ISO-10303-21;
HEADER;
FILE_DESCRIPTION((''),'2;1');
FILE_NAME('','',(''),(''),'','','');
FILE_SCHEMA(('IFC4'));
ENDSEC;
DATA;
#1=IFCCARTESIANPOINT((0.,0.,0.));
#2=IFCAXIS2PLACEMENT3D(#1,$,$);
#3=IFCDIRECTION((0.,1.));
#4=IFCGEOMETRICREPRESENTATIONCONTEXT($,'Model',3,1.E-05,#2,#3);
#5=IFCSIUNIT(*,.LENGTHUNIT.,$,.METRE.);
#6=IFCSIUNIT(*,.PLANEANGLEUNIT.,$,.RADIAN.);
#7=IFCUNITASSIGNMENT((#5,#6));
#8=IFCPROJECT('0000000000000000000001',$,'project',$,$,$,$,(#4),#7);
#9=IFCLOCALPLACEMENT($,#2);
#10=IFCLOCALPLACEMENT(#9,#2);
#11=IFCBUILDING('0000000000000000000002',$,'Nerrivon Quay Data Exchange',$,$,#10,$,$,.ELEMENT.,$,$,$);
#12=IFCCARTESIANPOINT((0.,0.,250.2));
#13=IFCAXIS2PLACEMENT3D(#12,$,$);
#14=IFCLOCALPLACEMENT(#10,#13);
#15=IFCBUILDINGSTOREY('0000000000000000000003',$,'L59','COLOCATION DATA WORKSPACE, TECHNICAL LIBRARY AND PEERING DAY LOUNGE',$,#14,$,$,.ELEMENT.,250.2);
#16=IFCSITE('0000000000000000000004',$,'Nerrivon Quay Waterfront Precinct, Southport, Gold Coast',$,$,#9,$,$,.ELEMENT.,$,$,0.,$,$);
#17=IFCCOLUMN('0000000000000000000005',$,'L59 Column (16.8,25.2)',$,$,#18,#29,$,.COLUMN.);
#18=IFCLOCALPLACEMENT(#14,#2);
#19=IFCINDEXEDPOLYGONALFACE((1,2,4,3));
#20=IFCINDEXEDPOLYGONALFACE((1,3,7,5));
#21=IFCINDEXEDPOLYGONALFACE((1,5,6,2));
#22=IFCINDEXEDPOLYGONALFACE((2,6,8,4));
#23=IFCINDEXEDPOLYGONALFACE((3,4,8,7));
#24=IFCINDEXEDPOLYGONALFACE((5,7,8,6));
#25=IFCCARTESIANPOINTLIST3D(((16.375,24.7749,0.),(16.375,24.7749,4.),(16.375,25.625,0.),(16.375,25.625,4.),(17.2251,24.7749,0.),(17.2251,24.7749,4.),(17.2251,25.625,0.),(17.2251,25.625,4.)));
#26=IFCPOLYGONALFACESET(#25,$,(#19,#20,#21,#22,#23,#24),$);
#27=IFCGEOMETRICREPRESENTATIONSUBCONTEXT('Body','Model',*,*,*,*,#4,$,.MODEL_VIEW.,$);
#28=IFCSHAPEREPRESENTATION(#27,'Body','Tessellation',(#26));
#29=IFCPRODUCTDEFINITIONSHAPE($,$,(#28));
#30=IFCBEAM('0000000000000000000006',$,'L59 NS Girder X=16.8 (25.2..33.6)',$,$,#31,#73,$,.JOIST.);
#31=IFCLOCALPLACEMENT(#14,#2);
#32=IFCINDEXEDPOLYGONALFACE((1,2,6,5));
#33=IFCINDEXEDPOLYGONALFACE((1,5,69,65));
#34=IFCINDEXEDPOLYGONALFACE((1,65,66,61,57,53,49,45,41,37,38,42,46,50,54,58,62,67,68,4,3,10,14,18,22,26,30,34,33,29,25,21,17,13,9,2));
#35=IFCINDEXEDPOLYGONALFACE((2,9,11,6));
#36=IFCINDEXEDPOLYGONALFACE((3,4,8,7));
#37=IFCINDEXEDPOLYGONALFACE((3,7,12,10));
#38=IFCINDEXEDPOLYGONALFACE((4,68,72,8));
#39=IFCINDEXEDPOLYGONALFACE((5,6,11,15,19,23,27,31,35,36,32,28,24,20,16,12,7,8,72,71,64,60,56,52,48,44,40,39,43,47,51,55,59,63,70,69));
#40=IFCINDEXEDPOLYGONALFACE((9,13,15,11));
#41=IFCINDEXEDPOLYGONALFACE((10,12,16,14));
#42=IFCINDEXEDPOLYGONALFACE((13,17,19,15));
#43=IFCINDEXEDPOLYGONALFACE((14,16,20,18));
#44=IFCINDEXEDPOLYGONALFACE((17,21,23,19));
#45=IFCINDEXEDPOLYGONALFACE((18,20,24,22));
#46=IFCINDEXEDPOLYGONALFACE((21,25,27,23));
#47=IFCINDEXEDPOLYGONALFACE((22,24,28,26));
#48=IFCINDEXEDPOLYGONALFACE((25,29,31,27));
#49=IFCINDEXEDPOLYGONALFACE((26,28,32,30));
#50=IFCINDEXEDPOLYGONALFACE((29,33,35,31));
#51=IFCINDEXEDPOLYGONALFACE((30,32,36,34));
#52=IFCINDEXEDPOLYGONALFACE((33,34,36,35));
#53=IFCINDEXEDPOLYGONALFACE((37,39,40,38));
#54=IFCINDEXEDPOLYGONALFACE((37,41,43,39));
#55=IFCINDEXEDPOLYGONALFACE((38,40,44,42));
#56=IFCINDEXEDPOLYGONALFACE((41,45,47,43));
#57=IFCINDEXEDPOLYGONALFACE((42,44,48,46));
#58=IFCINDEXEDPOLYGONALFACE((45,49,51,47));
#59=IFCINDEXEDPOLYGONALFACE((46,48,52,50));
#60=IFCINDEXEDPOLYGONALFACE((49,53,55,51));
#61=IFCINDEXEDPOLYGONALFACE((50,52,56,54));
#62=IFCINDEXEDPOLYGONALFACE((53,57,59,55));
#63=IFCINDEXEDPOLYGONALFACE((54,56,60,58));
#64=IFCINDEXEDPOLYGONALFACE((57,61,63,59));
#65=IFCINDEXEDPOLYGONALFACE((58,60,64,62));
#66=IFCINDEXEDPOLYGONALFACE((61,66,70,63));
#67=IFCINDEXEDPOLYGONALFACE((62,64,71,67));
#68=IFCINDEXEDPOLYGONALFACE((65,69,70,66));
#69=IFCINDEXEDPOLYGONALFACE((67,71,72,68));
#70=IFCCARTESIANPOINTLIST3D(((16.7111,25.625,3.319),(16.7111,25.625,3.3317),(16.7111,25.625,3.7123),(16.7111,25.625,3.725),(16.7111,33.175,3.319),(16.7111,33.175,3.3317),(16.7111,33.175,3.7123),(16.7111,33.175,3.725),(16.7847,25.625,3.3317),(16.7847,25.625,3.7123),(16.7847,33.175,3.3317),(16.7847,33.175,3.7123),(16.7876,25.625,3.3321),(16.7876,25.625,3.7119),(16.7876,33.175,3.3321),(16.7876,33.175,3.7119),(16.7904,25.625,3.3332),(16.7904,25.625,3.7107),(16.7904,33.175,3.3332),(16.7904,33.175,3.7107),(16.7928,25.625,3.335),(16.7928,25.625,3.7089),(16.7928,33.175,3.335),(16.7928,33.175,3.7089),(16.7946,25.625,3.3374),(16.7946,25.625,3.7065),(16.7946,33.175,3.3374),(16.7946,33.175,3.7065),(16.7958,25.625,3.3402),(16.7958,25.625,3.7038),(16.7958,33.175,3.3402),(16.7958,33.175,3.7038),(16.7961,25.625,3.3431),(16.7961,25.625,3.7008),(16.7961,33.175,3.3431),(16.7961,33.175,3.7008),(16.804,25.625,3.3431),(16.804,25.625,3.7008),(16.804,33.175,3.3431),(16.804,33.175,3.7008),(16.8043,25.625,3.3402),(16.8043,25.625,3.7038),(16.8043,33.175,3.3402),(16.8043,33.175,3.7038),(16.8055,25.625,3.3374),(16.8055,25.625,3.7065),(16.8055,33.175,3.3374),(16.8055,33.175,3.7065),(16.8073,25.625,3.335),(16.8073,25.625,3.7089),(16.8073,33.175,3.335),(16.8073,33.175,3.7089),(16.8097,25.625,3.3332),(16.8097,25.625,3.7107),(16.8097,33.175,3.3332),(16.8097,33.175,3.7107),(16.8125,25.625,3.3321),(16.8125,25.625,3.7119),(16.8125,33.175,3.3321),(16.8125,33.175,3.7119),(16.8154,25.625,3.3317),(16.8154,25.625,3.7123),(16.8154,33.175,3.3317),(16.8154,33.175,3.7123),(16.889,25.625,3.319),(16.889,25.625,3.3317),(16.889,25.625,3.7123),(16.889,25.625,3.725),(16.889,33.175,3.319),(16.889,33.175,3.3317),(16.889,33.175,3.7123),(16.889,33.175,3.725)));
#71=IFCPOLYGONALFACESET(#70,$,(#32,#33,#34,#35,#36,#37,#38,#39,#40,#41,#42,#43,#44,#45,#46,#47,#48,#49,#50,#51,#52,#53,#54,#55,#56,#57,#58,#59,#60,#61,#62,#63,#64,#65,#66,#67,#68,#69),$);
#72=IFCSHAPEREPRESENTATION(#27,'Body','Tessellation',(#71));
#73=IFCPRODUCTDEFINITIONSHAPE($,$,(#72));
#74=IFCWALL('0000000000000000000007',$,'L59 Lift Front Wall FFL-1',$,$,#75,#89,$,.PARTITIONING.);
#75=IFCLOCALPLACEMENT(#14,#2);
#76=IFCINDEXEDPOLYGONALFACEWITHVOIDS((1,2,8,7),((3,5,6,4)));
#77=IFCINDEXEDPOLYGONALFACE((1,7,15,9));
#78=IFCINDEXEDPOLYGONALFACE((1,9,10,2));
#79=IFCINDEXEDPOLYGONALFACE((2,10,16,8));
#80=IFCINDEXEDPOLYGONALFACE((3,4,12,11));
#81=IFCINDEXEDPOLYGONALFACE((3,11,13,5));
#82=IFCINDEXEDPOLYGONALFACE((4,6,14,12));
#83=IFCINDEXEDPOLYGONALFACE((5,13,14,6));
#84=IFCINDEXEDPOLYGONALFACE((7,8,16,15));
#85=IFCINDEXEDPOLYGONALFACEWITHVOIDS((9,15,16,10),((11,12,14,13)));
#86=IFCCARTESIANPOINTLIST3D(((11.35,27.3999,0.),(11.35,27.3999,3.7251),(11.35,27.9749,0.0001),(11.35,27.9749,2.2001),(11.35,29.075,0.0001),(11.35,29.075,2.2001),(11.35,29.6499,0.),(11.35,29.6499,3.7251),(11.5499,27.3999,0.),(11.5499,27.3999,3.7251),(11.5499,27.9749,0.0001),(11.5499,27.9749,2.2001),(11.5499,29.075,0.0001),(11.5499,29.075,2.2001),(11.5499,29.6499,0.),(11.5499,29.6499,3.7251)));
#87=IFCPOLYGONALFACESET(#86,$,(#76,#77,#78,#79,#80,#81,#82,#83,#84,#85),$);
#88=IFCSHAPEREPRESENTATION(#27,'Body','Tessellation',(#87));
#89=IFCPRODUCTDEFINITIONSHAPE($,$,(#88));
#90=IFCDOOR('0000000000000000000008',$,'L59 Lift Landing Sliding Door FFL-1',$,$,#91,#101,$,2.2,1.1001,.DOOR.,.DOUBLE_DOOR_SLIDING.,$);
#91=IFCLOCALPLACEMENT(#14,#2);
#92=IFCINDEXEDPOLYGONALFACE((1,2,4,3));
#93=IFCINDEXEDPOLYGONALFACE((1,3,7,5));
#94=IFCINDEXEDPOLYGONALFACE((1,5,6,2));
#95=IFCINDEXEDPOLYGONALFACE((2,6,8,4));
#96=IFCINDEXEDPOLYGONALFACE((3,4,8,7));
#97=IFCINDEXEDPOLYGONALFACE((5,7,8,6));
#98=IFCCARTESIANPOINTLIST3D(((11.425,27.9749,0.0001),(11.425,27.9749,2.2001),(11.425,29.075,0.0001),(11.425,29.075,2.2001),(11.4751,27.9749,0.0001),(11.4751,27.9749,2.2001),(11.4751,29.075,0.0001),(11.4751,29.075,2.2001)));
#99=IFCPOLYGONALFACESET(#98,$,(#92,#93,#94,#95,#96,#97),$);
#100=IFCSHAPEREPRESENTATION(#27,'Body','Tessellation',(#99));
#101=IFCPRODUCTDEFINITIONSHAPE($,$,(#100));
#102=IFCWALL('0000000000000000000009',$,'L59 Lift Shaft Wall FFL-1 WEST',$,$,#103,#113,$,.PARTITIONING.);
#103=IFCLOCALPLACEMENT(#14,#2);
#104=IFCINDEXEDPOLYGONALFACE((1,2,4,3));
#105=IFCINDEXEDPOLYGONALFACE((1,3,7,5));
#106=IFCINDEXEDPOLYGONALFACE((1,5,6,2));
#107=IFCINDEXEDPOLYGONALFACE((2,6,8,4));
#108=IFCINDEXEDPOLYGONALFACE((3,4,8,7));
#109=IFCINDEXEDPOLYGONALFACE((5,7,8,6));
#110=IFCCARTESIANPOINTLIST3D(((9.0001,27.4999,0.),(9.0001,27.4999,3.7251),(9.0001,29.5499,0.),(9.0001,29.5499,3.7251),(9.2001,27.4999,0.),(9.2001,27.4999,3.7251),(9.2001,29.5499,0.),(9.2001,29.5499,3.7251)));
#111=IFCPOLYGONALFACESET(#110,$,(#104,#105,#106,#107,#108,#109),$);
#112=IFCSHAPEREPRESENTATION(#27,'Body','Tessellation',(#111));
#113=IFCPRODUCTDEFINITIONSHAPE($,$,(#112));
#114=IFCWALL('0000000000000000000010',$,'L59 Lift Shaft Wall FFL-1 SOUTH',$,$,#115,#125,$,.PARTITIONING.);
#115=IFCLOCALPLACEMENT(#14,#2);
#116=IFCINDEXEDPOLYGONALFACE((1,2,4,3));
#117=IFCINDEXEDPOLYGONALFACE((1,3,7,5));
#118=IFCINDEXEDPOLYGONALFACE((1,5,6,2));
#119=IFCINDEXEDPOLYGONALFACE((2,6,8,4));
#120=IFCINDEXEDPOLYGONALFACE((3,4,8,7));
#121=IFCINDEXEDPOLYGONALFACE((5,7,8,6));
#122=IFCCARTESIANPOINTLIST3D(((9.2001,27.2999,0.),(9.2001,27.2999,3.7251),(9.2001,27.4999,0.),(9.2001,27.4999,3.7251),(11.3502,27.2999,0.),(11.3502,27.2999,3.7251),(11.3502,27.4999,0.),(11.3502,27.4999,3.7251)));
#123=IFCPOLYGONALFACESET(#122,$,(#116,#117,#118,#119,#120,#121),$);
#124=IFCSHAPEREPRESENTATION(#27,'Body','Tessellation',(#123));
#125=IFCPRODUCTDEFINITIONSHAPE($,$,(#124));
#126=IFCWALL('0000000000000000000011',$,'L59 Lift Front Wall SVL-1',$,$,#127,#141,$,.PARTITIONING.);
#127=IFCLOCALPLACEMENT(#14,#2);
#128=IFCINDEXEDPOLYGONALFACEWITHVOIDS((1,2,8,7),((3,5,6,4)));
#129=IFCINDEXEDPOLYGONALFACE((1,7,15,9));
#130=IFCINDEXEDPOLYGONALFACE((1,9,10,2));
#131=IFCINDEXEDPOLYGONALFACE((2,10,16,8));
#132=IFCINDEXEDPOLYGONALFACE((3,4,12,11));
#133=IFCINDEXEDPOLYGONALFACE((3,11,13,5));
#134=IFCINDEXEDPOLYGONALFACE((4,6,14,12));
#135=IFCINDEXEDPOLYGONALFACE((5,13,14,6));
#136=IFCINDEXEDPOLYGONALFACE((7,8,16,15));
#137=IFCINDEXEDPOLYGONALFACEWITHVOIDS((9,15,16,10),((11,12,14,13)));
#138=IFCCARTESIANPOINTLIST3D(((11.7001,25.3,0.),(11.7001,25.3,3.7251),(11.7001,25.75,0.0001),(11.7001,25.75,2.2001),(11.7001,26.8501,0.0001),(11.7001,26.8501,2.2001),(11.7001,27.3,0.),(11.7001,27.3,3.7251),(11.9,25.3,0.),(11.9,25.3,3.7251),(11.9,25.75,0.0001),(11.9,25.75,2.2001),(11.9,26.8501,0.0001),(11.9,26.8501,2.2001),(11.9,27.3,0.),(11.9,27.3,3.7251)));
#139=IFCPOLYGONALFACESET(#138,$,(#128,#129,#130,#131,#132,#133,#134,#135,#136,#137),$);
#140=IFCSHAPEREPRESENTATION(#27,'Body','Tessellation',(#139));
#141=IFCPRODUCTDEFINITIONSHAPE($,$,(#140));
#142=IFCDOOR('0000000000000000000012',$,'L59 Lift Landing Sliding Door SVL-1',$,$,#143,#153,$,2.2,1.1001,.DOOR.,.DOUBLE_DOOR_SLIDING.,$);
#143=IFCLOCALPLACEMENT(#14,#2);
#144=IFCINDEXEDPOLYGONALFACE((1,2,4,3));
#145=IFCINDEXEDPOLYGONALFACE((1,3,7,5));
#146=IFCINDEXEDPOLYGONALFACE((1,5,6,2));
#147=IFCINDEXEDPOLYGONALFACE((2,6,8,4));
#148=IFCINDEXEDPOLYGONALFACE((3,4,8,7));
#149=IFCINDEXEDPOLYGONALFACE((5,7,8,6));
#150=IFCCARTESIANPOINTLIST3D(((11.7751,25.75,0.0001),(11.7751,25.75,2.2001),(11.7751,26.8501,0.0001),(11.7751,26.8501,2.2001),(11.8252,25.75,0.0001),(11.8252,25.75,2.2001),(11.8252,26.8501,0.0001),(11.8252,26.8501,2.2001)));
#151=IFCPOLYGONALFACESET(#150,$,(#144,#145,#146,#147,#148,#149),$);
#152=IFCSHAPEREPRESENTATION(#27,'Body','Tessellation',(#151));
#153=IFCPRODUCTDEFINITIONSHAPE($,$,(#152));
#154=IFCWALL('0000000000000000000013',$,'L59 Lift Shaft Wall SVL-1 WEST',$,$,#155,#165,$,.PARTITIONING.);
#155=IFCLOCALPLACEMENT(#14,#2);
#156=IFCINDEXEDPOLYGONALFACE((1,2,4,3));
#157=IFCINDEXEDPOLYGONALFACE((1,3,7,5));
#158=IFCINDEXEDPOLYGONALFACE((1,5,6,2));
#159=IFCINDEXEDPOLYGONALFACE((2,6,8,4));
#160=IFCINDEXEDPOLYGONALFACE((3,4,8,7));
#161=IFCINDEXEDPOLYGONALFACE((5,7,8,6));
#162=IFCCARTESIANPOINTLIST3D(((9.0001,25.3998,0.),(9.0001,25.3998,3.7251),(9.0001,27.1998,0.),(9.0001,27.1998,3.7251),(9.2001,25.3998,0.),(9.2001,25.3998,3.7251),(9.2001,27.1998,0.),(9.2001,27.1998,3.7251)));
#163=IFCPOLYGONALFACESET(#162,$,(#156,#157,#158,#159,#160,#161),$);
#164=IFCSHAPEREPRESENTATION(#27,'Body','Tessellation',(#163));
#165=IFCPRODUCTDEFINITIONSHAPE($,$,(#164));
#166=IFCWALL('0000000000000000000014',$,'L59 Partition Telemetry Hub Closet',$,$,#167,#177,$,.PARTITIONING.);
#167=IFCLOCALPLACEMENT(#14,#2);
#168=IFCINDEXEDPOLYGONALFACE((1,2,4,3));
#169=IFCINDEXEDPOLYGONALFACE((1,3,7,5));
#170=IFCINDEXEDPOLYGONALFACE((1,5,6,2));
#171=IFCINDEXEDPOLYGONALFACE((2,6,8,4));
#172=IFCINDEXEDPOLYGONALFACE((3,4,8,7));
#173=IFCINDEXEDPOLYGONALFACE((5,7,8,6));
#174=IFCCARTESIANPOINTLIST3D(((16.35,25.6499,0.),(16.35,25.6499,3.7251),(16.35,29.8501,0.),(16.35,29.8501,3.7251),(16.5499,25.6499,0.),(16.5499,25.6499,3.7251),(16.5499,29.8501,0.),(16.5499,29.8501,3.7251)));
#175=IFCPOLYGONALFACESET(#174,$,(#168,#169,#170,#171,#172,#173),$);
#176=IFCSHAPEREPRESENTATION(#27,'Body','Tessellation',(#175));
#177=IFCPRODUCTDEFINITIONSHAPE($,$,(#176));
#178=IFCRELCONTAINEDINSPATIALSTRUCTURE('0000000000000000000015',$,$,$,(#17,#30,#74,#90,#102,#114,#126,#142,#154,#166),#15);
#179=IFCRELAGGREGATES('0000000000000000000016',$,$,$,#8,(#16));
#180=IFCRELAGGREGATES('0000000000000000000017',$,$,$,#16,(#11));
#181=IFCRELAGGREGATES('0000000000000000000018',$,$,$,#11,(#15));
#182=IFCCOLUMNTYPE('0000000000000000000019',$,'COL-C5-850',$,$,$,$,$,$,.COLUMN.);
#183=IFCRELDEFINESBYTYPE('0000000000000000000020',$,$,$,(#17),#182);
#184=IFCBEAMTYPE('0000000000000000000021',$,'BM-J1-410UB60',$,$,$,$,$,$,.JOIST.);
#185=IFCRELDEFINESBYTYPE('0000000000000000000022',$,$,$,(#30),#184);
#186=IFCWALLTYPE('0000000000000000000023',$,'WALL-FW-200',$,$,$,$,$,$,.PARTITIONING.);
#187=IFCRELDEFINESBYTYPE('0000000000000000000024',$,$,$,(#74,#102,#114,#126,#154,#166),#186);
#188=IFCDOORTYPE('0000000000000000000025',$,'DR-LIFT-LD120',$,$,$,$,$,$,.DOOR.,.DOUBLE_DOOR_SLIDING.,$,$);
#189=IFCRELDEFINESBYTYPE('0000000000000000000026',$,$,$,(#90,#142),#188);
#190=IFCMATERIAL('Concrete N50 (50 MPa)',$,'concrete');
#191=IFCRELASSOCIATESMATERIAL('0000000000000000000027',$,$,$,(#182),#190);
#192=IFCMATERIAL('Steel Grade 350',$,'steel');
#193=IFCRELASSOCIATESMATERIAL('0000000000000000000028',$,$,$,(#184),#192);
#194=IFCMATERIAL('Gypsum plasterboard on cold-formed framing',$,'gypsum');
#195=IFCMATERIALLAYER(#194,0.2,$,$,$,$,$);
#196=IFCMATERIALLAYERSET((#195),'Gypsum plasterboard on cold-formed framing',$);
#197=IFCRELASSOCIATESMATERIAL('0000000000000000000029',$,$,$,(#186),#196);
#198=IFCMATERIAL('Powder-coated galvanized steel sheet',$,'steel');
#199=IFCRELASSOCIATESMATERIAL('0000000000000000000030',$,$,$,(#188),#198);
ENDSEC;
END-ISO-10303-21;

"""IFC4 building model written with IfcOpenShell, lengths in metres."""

from ifc_helpers import new_model, si_unit, direction, frame, frame_2d, origin, origin_2d, place, context, subcontext, project, spatial, rectangle, i_section, extrude, material, layer, layer_set, material_profile, profile_set, type_object, element, fill, save


model = new_model("IFC4")

# Units and contexts
model_context = context("Model", 3, precision=1e-05, world=origin(), true_north=direction((0.0, 1.0)))
body_context = subcontext(model_context, "Body", "Model", "MODEL_VIEW")
ifc_project = project(units=[si_unit("LENGTHUNIT", "METRE"), si_unit("PLANEANGLEUNIT", "RADIAN")], contexts=[model_context])

# Site, building, storey
site_placement = place(None, origin())
site = spatial("IfcSite", under=ifc_project, at=site_placement, Name="Nerrivon Quay Waterfront Precinct, Southport, Gold Coast", CompositionType="ELEMENT", RefElevation=0.0)
building_placement = place(site_placement, origin())
building = spatial("IfcBuilding", under=site, at=building_placement, Name="Nerrivon Quay Data Exchange", CompositionType="ELEMENT")
storey_placement = place(building_placement, frame((0.0, 0.0, 250.2)))
storey = spatial("IfcBuildingStorey", under=building, at=storey_placement, Name="L59", Description="COLOCATION DATA WORKSPACE, TECHNICAL LIBRARY AND PEERING DAY LOUNGE", CompositionType="ELEMENT", Elevation=250.2)

# Column
ifc_material_1 = material(Name="Concrete N50 (50 MPa)", Category="concrete")
ifc_material_profile_1 = material_profile(ifc_material_1, rectangle(XDim=0.8501, YDim=0.8501, at=origin_2d()), Name="RC-COL-850x850")
ifc_profile_set_1 = profile_set([ifc_material_profile_1], Name="Concrete N50 (50 MPa)")
column_type = type_object("IfcColumnType", Name="COL-C5-850", PredefinedType="COLUMN", material=ifc_profile_set_1)
column_placement = place(storey_placement, frame((16.8, 25.2, 0.0), z_axis=(0.0, 0.0, 1.0), x_axis=(1.0, 0.0, 0.0)))
element("IfcColumn", 1, at=column_placement, inside=storey, type_object=column_type, Name="L59 Column (16.8,25.2)", PredefinedType="COLUMN", context=body_context, shape_type="SweptSolid", body=[
    extrude(rectangle(XDim=0.8501, YDim=0.8501, at=origin_2d()), origin(), (0.0, 0.0, 1.0), 4.0),
])

# Beam
ifc_material_2 = material(Name="Steel Grade 350", Category="steel")
ifc_material_profile_2 = material_profile(ifc_material_2, i_section(OverallWidth=0.178, OverallDepth=0.406, WebThickness=0.0078, FlangeThickness=0.0127, FilletRadius=0.0115, at=origin_2d()), Name="410UB59.7")
ifc_profile_set_2 = profile_set([ifc_material_profile_2], Name="Steel Grade 350")
beam_type = type_object("IfcBeamType", Name="BM-J1-410UB60", PredefinedType="JOIST", material=ifc_profile_set_2)
beam_placement = place(storey_placement, frame((16.8, 25.625, 3.522), z_axis=(0.0, 1.0, 0.0), x_axis=(-1.0, 0.0, 0.0)))
element("IfcBeam", 2, at=beam_placement, inside=storey, type_object=beam_type, Name="L59 NS Girder X=16.8 (25.2..33.6)", PredefinedType="JOIST", context=body_context, shape_type="SweptSolid", body=[
    extrude(i_section(OverallWidth=0.178, OverallDepth=0.406, WebThickness=0.0078, FlangeThickness=0.0127, FilletRadius=0.0115, at=origin_2d()), origin(), (0.0, 0.0, 1.0), 7.55),
])

# Wall, opening, door
ifc_material_3 = material(Name="Gypsum plasterboard on cold-formed framing", Category="gypsum")
ifc_layer_1 = layer(ifc_material_3, 0.2)
ifc_layer_set_1 = layer_set([ifc_layer_1], Name="Gypsum plasterboard on cold-formed framing")
wall_type_1 = type_object("IfcWallType", Name="WALL-FW-200", PredefinedType="PARTITIONING", material=ifc_layer_set_1)
wall_1_placement = place(storey_placement, frame((11.45, 27.3999, 0.0), z_axis=(0.0, 0.0, 1.0), x_axis=(0.0, 1.0, 0.0)))
wall_1 = element("IfcWall", 3, at=wall_1_placement, inside=storey, type_object=wall_type_1, Name="L59 Lift Front Wall FFL-1", PredefinedType="PARTITIONING", context=body_context, shape_type="SweptSolid", body=[
    extrude(rectangle(XDim=2.25, YDim=0.2, at=frame_2d((1.125, 0.0))), origin(), (0.0, 0.0, 1.0), 3.7251),
])
opening_1_placement = place(wall_1_placement, frame((0.575, 0.0, 0.0)))
opening_1 = element("IfcOpeningElement", 4, at=opening_1_placement, cuts=wall_1, PredefinedType="OPENING", context=body_context, shape_type="SweptSolid", body=[
    extrude(rectangle(XDim=1.1001, YDim=2.2, at=frame_2d((0.55, 1.1001))), frame((0.0, 0.1099, 0.0), z_axis=(0.0, -1.0, 0.0), x_axis=(1.0, 0.0, 0.0)), (0.0, 0.0, 1.0), 0.22),
])
ifc_material_4 = material(Name="Powder-coated galvanized steel sheet", Category="steel")
door_type_1 = type_object("IfcDoorType", Name="DR-LIFT-LD120", OperationType="DOUBLE_DOOR_SLIDING", PredefinedType="DOOR", material=ifc_material_4)
door_1_placement = place(opening_1_placement, origin())
door_1 = element("IfcDoor", 5, at=door_1_placement, inside=storey, type_object=door_type_1, Name="L59 Lift Landing Sliding Door FFL-1", OperationType="DOUBLE_DOOR_SLIDING", OverallHeight=2.2, OverallWidth=1.1001, PredefinedType="DOOR", context=body_context, shape_type="SweptSolid", body=[
    extrude(rectangle(XDim=1.1001, YDim=2.2, at=frame_2d((0.55, 1.1001))), frame((0.0, 0.0249, 0.0), z_axis=(0.0, -1.0, 0.0), x_axis=(1.0, 0.0, 0.0)), (0.0, 0.0, 1.0), 0.05),
])
fill(opening_1, door_1)

# Walls
wall_2_placement = place(storey_placement, frame((9.1001, 27.5, 0.0), z_axis=(0.0, 0.0, 1.0), x_axis=(0.0, 1.0, 0.0)))
element("IfcWall", 6, at=wall_2_placement, inside=storey, type_object=wall_type_1, Name="L59 Lift Shaft Wall FFL-1 WEST", PredefinedType="PARTITIONING", context=body_context, shape_type="SweptSolid", body=[
    extrude(rectangle(XDim=2.05, YDim=0.2, at=frame_2d((1.0249, 0.0))), origin(), (0.0, 0.0, 1.0), 3.7251),
])
wall_3_placement = place(storey_placement, frame((9.2, 27.3999, 0.0), z_axis=(0.0, 0.0, 1.0), x_axis=(1.0, 0.0, 0.0)))
element("IfcWall", 7, at=wall_3_placement, inside=storey, type_object=wall_type_1, Name="L59 Lift Shaft Wall FFL-1 SOUTH", PredefinedType="PARTITIONING", context=body_context, shape_type="SweptSolid", body=[
    extrude(rectangle(XDim=2.1501, YDim=0.2, at=frame_2d((1.0752, 0.0))), origin(), (0.0, 0.0, 1.0), 3.7251),
])

# Wall, opening, door
wall_4_placement = place(storey_placement, frame((11.8, 25.3, 0.0), z_axis=(0.0, 0.0, 1.0), x_axis=(0.0, 1.0, 0.0)))
wall_4 = element("IfcWall", 8, at=wall_4_placement, inside=storey, type_object=wall_type_1, Name="L59 Lift Front Wall SVL-1", PredefinedType="PARTITIONING", context=body_context, shape_type="SweptSolid", body=[
    extrude(rectangle(XDim=2.0, YDim=0.2, at=frame_2d((1.0, 0.0))), origin(), (0.0, 0.0, 1.0), 3.7251),
])
opening_2_placement = place(wall_4_placement, frame((0.45, 0.0, 0.0)))
opening_2 = element("IfcOpeningElement", 9, at=opening_2_placement, cuts=wall_4, PredefinedType="OPENING", context=body_context, shape_type="SweptSolid", body=[
    extrude(rectangle(XDim=1.1001, YDim=2.2, at=frame_2d((0.55, 1.1001))), frame((0.0, 0.1099, 0.0), z_axis=(0.0, -1.0, 0.0), x_axis=(1.0, 0.0, 0.0)), (0.0, 0.0, 1.0), 0.22),
])
door_2_placement = place(opening_2_placement, origin())
door_2 = element("IfcDoor", 10, at=door_2_placement, inside=storey, type_object=door_type_1, Name="L59 Lift Landing Sliding Door SVL-1", OperationType="DOUBLE_DOOR_SLIDING", OverallHeight=2.2, OverallWidth=1.1001, PredefinedType="DOOR", context=body_context, shape_type="SweptSolid", body=[
    extrude(rectangle(XDim=1.1001, YDim=2.2, at=frame_2d((0.55, 1.1001))), frame((0.0, 0.0249, 0.0), z_axis=(0.0, -1.0, 0.0), x_axis=(1.0, 0.0, 0.0)), (0.0, 0.0, 1.0), 0.05),
])
fill(opening_2, door_2)

# Walls
wall_5_placement = place(storey_placement, frame((9.1001, 25.3999, 0.0), z_axis=(0.0, 0.0, 1.0), x_axis=(0.0, 1.0, 0.0)))
element("IfcWall", 11, at=wall_5_placement, inside=storey, type_object=wall_type_1, Name="L59 Lift Shaft Wall SVL-1 WEST", PredefinedType="PARTITIONING", context=body_context, shape_type="SweptSolid", body=[
    extrude(rectangle(XDim=1.8, YDim=0.2, at=frame_2d((0.8999, 0.0))), origin(), (0.0, 0.0, 1.0), 3.7251),
])
wall_6_placement = place(storey_placement, frame((16.45, 25.6499, 0.0), z_axis=(0.0, 0.0, 1.0), x_axis=(0.0, 1.0, 0.0)))
element("IfcWall", 12, at=wall_6_placement, inside=storey, type_object=wall_type_1, Name="L59 Partition Telemetry Hub Closet", PredefinedType="PARTITIONING", context=body_context, shape_type="SweptSolid", body=[
    extrude(rectangle(XDim=4.2002, YDim=0.2, at=frame_2d((2.1001, 0.0))), origin(), (0.0, 0.0, 1.0), 3.7251),
])

save(model, "model.ifc")
